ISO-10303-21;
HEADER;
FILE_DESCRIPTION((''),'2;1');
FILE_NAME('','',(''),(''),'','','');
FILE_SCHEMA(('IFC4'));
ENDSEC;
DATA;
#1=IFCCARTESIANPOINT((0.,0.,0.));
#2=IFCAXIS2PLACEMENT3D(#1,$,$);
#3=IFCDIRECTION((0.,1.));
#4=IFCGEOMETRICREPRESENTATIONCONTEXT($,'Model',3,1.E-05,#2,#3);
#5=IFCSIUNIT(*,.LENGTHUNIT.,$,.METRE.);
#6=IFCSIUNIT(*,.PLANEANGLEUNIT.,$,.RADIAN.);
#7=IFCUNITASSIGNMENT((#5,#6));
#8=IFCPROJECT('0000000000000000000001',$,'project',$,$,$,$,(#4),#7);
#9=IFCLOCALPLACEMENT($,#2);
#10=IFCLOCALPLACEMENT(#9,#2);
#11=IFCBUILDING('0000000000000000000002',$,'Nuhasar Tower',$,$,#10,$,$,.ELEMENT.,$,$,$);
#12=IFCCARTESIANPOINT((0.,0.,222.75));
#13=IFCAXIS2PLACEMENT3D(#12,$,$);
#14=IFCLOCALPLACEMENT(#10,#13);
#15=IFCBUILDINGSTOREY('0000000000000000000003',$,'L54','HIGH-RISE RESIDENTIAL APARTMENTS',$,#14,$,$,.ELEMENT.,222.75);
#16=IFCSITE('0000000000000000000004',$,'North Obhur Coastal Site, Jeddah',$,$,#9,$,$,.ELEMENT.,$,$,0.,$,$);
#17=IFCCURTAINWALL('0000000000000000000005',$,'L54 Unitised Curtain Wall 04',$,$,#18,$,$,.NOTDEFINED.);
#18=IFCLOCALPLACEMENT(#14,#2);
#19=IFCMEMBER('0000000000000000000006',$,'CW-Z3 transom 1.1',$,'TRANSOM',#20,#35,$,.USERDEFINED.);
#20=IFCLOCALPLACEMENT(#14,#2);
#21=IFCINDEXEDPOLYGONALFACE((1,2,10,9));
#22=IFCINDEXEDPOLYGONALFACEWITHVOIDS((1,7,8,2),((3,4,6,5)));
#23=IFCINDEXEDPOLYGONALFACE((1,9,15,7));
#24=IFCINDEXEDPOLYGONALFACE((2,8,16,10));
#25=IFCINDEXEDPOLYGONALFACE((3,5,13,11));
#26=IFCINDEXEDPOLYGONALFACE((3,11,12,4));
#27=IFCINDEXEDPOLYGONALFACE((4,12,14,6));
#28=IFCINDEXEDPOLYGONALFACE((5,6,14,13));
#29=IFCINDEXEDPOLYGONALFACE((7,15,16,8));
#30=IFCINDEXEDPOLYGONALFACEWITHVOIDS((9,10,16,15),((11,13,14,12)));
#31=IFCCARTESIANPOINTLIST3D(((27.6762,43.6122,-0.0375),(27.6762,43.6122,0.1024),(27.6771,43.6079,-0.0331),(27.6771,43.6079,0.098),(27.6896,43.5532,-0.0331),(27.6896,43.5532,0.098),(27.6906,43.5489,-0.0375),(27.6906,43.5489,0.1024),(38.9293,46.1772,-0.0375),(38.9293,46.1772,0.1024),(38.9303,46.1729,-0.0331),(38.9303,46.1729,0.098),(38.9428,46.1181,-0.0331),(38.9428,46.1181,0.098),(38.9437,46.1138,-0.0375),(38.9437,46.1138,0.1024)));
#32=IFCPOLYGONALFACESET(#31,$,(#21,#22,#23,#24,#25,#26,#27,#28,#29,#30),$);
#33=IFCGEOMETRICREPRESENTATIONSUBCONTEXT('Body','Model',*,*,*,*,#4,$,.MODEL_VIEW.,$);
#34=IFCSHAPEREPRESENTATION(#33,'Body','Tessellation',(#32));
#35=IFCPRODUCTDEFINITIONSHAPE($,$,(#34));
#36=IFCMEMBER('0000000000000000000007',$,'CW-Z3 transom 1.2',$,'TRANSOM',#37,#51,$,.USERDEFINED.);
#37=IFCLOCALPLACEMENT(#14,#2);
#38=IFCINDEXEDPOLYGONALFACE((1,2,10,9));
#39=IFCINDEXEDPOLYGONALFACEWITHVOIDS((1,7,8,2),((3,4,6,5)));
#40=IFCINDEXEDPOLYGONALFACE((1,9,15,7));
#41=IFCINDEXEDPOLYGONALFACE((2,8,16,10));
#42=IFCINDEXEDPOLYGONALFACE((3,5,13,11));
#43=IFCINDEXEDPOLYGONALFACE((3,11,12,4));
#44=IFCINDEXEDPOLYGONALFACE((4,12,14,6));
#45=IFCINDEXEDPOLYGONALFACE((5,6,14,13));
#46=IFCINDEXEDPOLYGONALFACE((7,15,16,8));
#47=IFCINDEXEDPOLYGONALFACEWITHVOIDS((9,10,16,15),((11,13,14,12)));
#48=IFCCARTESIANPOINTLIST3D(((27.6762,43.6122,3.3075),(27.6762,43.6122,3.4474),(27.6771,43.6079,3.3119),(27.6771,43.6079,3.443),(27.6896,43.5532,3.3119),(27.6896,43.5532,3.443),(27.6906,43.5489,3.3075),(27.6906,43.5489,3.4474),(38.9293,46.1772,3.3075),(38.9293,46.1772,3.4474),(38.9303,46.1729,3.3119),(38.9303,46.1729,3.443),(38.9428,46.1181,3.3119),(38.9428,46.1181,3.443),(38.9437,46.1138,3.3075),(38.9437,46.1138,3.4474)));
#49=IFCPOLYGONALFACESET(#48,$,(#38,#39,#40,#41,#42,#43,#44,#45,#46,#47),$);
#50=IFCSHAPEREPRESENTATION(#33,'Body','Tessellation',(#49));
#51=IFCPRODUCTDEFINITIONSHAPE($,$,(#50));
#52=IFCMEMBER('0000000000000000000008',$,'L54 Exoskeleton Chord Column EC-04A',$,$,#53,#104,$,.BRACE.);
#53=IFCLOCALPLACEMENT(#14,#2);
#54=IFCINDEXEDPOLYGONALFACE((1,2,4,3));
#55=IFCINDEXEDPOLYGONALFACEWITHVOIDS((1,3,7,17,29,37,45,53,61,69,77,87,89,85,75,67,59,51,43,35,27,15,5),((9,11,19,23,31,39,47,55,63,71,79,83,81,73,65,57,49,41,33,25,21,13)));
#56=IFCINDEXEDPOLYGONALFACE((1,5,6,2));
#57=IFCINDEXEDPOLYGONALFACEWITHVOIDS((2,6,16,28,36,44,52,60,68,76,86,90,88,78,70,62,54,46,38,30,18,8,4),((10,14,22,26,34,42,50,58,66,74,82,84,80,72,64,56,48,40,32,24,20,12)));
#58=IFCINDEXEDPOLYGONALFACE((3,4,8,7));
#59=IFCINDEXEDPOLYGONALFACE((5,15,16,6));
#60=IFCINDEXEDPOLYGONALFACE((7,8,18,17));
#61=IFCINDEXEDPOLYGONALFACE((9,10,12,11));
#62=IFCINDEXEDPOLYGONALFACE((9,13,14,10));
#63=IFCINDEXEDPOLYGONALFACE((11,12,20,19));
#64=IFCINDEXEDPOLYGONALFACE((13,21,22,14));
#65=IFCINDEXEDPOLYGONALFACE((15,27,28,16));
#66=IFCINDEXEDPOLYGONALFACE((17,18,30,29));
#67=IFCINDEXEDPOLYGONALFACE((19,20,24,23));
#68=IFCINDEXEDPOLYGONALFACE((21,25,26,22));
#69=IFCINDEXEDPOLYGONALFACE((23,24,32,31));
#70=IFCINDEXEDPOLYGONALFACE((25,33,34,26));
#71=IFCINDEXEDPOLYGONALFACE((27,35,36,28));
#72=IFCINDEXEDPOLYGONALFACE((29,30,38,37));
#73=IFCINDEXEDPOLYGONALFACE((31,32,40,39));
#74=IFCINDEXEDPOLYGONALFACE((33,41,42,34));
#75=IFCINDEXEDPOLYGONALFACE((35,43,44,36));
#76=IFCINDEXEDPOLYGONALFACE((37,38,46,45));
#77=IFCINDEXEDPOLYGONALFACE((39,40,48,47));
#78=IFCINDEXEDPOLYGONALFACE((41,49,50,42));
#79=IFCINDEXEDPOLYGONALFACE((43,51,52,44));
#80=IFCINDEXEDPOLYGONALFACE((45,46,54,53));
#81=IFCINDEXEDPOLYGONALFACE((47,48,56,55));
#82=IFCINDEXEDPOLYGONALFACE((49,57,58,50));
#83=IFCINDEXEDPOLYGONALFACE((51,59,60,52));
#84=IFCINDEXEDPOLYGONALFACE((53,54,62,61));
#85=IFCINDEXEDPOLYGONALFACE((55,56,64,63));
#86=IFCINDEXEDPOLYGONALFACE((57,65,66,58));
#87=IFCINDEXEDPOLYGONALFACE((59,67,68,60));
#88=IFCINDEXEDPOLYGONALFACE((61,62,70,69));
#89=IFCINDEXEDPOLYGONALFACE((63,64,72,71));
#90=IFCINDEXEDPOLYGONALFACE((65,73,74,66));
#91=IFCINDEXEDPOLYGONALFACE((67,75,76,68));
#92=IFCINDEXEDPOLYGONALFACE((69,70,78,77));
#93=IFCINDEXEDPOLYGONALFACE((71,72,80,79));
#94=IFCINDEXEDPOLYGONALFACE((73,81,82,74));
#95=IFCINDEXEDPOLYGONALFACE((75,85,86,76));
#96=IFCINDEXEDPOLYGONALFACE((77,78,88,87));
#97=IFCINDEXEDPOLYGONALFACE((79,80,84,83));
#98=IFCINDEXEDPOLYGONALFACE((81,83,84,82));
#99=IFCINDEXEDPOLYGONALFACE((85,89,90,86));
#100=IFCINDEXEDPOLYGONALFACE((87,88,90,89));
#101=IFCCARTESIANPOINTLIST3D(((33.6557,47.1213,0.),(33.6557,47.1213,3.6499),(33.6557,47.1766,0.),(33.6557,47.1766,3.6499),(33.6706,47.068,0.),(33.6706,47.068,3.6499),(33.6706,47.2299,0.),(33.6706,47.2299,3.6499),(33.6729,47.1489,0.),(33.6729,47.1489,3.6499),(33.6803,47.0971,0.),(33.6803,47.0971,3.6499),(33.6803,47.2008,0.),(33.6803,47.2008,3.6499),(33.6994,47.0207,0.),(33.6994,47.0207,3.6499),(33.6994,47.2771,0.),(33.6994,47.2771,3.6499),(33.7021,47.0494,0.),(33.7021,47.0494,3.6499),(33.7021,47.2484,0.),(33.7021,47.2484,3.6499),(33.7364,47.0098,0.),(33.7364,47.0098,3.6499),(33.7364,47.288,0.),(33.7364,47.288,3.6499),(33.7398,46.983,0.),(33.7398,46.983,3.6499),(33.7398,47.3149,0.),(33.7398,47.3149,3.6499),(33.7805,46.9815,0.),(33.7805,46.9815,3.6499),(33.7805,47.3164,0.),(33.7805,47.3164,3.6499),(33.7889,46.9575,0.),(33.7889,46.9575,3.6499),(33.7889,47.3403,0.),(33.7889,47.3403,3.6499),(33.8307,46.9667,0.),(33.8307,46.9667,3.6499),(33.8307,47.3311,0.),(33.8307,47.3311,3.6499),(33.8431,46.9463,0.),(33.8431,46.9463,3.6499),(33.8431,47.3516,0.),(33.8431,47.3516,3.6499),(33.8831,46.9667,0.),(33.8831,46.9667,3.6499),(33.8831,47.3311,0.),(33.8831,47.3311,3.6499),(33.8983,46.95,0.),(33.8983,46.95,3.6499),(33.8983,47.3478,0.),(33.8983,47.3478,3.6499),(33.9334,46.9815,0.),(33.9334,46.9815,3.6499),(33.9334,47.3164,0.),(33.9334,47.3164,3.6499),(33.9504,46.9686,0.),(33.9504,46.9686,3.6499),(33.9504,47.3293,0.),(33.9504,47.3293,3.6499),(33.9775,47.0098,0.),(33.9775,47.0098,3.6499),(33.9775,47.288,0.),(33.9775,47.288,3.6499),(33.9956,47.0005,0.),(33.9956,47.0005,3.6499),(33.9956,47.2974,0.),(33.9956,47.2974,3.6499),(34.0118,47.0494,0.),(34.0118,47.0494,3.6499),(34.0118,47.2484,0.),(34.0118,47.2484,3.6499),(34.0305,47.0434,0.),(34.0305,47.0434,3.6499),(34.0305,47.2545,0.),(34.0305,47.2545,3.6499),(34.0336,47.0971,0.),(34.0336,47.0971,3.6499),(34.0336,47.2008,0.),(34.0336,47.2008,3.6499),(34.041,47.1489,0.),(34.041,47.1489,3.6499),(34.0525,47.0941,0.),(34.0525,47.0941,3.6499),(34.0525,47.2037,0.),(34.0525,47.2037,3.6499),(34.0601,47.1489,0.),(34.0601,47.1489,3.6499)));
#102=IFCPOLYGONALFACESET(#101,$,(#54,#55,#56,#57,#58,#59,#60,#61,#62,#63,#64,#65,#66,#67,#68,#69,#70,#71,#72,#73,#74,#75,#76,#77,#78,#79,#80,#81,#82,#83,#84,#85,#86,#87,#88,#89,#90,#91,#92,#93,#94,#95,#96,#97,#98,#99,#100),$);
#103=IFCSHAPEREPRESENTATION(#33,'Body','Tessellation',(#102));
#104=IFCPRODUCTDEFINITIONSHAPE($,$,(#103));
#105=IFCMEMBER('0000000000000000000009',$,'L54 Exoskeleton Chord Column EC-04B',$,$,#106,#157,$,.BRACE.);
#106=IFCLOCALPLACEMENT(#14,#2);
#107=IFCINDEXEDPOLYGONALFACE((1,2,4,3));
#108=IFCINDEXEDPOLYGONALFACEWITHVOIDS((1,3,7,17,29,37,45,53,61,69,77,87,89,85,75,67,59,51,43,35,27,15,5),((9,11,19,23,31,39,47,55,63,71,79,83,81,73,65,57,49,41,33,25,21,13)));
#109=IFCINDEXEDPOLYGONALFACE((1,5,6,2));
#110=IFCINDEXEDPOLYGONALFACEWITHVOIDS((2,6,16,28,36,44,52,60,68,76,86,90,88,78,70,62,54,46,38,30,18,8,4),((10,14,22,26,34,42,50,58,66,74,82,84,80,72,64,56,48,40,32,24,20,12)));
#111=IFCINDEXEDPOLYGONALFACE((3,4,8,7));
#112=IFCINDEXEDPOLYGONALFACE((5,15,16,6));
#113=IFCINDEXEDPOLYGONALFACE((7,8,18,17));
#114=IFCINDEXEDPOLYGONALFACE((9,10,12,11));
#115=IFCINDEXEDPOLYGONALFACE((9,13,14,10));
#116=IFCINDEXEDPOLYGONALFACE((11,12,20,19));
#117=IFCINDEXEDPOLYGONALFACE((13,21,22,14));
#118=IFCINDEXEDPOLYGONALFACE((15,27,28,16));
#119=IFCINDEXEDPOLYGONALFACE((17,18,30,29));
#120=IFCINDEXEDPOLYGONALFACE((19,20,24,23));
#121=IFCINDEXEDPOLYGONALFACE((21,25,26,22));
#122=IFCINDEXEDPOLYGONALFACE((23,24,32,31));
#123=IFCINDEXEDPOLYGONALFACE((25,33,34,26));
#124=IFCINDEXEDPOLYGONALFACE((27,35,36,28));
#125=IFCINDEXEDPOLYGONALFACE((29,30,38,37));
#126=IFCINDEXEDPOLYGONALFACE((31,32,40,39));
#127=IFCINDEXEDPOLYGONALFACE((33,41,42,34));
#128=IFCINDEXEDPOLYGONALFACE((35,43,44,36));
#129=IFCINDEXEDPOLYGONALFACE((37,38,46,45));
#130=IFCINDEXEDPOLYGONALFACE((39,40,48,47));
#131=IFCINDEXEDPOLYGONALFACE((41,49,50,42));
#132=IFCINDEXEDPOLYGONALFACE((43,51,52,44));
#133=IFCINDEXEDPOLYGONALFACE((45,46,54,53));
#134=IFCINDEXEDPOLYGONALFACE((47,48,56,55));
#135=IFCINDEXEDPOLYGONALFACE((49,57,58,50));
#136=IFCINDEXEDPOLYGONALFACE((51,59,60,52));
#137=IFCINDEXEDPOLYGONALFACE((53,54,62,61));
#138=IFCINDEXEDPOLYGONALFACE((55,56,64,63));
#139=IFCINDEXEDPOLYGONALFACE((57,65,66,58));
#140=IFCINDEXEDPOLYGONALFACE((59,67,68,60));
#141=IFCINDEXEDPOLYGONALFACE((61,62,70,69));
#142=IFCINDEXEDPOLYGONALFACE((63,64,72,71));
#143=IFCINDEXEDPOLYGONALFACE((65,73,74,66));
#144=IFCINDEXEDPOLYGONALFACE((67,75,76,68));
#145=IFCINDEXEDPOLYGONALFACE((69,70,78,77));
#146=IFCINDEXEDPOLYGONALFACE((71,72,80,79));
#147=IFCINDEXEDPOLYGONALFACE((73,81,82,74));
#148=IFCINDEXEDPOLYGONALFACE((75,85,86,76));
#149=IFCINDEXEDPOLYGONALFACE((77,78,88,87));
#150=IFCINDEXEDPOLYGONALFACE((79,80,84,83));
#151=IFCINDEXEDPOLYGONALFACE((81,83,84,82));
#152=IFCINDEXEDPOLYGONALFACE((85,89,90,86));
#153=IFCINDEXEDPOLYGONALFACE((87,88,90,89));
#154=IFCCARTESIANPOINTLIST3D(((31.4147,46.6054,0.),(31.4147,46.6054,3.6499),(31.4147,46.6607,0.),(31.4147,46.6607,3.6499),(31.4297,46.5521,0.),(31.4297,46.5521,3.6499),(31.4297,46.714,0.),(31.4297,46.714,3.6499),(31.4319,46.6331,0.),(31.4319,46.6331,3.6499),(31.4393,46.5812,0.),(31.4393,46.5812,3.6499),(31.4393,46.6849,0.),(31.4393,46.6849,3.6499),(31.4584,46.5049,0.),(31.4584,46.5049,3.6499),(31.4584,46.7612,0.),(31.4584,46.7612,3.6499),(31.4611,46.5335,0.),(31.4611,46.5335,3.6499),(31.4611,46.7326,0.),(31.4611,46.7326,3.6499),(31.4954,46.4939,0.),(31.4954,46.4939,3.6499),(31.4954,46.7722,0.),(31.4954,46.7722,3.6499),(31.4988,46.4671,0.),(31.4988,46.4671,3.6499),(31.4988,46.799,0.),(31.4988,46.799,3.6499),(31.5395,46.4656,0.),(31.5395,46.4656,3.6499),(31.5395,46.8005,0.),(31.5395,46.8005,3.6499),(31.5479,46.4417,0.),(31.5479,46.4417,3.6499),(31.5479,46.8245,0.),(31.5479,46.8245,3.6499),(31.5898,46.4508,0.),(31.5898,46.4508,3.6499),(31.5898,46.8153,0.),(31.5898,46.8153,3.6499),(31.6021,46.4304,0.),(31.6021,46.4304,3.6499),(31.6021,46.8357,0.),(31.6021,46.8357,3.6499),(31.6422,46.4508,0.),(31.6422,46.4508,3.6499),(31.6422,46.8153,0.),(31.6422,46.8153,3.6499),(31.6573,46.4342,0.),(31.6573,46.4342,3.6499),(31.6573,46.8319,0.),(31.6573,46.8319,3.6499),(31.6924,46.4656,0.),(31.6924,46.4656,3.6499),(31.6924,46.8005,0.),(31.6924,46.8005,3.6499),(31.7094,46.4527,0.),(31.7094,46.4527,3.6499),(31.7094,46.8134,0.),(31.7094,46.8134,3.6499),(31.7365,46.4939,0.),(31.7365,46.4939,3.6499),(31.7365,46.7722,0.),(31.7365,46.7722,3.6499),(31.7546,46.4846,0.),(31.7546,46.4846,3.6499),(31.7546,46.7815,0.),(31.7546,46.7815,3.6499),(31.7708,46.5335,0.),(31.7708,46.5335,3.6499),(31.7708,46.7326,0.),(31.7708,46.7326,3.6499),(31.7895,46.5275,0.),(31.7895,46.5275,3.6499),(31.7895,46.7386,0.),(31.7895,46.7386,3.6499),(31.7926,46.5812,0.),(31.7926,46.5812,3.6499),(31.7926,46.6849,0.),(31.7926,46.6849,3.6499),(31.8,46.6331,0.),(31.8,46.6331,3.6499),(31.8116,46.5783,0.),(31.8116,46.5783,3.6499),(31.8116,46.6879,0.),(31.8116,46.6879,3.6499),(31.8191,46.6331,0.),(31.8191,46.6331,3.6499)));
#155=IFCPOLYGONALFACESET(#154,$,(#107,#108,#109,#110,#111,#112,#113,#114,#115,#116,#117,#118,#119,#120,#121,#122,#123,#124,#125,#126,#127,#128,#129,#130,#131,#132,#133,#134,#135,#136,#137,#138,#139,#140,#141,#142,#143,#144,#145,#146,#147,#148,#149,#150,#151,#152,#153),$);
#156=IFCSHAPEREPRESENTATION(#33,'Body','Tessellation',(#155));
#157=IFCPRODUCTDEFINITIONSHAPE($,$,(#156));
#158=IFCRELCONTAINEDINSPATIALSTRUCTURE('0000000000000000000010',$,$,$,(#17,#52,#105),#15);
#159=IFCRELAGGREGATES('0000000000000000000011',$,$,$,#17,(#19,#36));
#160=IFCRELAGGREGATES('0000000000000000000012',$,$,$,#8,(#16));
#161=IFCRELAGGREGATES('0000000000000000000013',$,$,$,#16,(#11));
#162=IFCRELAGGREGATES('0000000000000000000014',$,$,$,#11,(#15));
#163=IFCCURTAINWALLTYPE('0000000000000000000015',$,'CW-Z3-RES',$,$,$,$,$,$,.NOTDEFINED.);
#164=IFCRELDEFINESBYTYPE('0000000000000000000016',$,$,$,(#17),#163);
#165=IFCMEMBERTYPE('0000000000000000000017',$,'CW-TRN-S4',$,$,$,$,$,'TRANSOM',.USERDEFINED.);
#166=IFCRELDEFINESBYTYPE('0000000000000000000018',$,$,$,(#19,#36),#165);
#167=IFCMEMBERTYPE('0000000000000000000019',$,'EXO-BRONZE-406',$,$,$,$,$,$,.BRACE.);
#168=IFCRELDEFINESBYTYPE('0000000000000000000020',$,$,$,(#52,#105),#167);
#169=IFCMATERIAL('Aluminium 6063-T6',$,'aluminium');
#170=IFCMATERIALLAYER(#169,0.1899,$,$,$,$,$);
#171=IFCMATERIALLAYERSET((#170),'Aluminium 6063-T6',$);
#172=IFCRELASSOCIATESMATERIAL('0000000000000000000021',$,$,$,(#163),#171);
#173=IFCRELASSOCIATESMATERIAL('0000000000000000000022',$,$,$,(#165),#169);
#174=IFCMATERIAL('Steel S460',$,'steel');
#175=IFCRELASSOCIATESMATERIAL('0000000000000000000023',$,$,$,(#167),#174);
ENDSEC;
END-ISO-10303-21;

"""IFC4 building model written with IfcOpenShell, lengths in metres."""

from ifc_helpers import new_model, si_unit, direction, frame, origin, origin_2d, place, context, subcontext, project, spatial, hollow_rectangle, hollow_circle, extrude, material, layer, layer_set, material_profile, profile_set, type_object, element, aggregate, save


model = new_model("IFC4")

# Units and contexts
model_context = context("Model", 3, precision=1e-05, world=origin(), true_north=direction((0.0, 1.0)))
body_context = subcontext(model_context, "Body", "Model", "MODEL_VIEW")
ifc_project = project(units=[si_unit("LENGTHUNIT", "METRE"), si_unit("PLANEANGLEUNIT", "RADIAN")], contexts=[model_context])

# Site, building, storey
site_placement = place(None, origin())
site = spatial("IfcSite", under=ifc_project, at=site_placement, Name="North Obhur Coastal Site, Jeddah", CompositionType="ELEMENT", RefElevation=0.0)
building_placement = place(site_placement, origin())
building = spatial("IfcBuilding", under=site, at=building_placement, Name="Nuhasar Tower", CompositionType="ELEMENT")
storey_placement = place(building_placement, frame((0.0, 0.0, 222.75)))
storey = spatial("IfcBuildingStorey", under=building, at=storey_placement, Name="L54", Description="HIGH-RISE RESIDENTIAL APARTMENTS", CompositionType="ELEMENT", Elevation=222.75)

# Curtain wall, members
ifc_material_1 = material(Name="Aluminium 6063-T6", Category="aluminium")
ifc_layer_1 = layer(ifc_material_1, 0.1899)
ifc_layer_set_1 = layer_set([ifc_layer_1], Name="Aluminium 6063-T6")
curtain_wall_type = type_object("IfcCurtainWallType", Name="CW-Z3-RES", PredefinedType="NOTDEFINED", material=ifc_layer_set_1)
curtain_wall_placement = place(storey_placement, origin())
curtain_wall = element("IfcCurtainWall", 1, at=curtain_wall_placement, inside=storey, type_object=curtain_wall_type, Name="L54 Unitised Curtain Wall 04", PredefinedType="NOTDEFINED")
ifc_material_profile_1 = material_profile(ifc_material_1, hollow_rectangle(XDim=0.0649, YDim=0.1399, WallThickness=0.0044, at=origin_2d()), Name="CWT-4")
ifc_profile_set_1 = profile_set([ifc_material_profile_1], Name="Aluminium 6063-T6")
member_type_1 = type_object("IfcMemberType", Name="CW-TRN-S4", ElementType="TRANSOM", PredefinedType="USERDEFINED", material=ifc_profile_set_1)
member_1_placement = place(storey_placement, frame((38.9365, 46.1455, 0.0325), z_axis=(-0.974994, -0.222231, 0.0), x_axis=(0.222231, -0.974994, 0.0)))
member_1 = element("IfcMember", 2, at=member_1_placement, type_object=member_type_1, Name="CW-Z3 transom 1.1", ObjectType="TRANSOM", PredefinedType="USERDEFINED", context=body_context, shape_type="SweptSolid", body=[
    extrude(hollow_rectangle(XDim=0.0649, YDim=0.1399, WallThickness=0.0044, at=origin_2d()), origin(), (0.0, 0.0, 1.0), 11.5417),
])
member_2_placement = place(storey_placement, frame((38.9365, 46.1455, 3.3774), z_axis=(-0.974994, -0.222231, 0.0), x_axis=(0.222231, -0.974994, 0.0)))
member_2 = element("IfcMember", 3, at=member_2_placement, type_object=member_type_1, Name="CW-Z3 transom 1.2", ObjectType="TRANSOM", PredefinedType="USERDEFINED", context=body_context, shape_type="SweptSolid", body=[
    extrude(hollow_rectangle(XDim=0.0649, YDim=0.1399, WallThickness=0.0044, at=origin_2d()), origin(), (0.0, 0.0, 1.0), 11.5417),
])

# Members
ifc_material_2 = material(Name="Steel S460", Category="steel")
ifc_material_profile_2 = material_profile(ifc_material_2, hollow_circle(Radius=0.2031, WallThickness=0.019, at=origin_2d()), Name="HSS406.4X19.1")
ifc_profile_set_2 = profile_set([ifc_material_profile_2], Name="Steel S460")
member_type_2 = type_object("IfcMemberType", Name="EXO-BRONZE-406", PredefinedType="BRACE", material=ifc_profile_set_2)
for number, where, z_axis, x_axis, name in (
    (4, (33.8569, 47.1489, 0.0), (0.0, 0.0, 1.0), (1.0, 0.0, 0.0), "L54 Exoskeleton Chord Column EC-04A"),
    (5, (31.616, 46.6331, 0.0), (0.0, 0.0, 1.0), (1.0, 0.0, 0.0), "L54 Exoskeleton Chord Column EC-04B"),
):
    element("IfcMember", number, at=place(storey_placement, frame(where, z_axis=z_axis, x_axis=x_axis)), inside=storey, type_object=member_type_2, Name=name, PredefinedType="BRACE", context=body_context, shape_type="SweptSolid", body=[
        extrude(hollow_circle(Radius=0.2031, WallThickness=0.019, at=origin_2d()), origin(), (0.0, 0.0, 1.0), 3.6499),
    ])

aggregate(curtain_wall, [member_1, member_2])

save(model, "model.ifc")
